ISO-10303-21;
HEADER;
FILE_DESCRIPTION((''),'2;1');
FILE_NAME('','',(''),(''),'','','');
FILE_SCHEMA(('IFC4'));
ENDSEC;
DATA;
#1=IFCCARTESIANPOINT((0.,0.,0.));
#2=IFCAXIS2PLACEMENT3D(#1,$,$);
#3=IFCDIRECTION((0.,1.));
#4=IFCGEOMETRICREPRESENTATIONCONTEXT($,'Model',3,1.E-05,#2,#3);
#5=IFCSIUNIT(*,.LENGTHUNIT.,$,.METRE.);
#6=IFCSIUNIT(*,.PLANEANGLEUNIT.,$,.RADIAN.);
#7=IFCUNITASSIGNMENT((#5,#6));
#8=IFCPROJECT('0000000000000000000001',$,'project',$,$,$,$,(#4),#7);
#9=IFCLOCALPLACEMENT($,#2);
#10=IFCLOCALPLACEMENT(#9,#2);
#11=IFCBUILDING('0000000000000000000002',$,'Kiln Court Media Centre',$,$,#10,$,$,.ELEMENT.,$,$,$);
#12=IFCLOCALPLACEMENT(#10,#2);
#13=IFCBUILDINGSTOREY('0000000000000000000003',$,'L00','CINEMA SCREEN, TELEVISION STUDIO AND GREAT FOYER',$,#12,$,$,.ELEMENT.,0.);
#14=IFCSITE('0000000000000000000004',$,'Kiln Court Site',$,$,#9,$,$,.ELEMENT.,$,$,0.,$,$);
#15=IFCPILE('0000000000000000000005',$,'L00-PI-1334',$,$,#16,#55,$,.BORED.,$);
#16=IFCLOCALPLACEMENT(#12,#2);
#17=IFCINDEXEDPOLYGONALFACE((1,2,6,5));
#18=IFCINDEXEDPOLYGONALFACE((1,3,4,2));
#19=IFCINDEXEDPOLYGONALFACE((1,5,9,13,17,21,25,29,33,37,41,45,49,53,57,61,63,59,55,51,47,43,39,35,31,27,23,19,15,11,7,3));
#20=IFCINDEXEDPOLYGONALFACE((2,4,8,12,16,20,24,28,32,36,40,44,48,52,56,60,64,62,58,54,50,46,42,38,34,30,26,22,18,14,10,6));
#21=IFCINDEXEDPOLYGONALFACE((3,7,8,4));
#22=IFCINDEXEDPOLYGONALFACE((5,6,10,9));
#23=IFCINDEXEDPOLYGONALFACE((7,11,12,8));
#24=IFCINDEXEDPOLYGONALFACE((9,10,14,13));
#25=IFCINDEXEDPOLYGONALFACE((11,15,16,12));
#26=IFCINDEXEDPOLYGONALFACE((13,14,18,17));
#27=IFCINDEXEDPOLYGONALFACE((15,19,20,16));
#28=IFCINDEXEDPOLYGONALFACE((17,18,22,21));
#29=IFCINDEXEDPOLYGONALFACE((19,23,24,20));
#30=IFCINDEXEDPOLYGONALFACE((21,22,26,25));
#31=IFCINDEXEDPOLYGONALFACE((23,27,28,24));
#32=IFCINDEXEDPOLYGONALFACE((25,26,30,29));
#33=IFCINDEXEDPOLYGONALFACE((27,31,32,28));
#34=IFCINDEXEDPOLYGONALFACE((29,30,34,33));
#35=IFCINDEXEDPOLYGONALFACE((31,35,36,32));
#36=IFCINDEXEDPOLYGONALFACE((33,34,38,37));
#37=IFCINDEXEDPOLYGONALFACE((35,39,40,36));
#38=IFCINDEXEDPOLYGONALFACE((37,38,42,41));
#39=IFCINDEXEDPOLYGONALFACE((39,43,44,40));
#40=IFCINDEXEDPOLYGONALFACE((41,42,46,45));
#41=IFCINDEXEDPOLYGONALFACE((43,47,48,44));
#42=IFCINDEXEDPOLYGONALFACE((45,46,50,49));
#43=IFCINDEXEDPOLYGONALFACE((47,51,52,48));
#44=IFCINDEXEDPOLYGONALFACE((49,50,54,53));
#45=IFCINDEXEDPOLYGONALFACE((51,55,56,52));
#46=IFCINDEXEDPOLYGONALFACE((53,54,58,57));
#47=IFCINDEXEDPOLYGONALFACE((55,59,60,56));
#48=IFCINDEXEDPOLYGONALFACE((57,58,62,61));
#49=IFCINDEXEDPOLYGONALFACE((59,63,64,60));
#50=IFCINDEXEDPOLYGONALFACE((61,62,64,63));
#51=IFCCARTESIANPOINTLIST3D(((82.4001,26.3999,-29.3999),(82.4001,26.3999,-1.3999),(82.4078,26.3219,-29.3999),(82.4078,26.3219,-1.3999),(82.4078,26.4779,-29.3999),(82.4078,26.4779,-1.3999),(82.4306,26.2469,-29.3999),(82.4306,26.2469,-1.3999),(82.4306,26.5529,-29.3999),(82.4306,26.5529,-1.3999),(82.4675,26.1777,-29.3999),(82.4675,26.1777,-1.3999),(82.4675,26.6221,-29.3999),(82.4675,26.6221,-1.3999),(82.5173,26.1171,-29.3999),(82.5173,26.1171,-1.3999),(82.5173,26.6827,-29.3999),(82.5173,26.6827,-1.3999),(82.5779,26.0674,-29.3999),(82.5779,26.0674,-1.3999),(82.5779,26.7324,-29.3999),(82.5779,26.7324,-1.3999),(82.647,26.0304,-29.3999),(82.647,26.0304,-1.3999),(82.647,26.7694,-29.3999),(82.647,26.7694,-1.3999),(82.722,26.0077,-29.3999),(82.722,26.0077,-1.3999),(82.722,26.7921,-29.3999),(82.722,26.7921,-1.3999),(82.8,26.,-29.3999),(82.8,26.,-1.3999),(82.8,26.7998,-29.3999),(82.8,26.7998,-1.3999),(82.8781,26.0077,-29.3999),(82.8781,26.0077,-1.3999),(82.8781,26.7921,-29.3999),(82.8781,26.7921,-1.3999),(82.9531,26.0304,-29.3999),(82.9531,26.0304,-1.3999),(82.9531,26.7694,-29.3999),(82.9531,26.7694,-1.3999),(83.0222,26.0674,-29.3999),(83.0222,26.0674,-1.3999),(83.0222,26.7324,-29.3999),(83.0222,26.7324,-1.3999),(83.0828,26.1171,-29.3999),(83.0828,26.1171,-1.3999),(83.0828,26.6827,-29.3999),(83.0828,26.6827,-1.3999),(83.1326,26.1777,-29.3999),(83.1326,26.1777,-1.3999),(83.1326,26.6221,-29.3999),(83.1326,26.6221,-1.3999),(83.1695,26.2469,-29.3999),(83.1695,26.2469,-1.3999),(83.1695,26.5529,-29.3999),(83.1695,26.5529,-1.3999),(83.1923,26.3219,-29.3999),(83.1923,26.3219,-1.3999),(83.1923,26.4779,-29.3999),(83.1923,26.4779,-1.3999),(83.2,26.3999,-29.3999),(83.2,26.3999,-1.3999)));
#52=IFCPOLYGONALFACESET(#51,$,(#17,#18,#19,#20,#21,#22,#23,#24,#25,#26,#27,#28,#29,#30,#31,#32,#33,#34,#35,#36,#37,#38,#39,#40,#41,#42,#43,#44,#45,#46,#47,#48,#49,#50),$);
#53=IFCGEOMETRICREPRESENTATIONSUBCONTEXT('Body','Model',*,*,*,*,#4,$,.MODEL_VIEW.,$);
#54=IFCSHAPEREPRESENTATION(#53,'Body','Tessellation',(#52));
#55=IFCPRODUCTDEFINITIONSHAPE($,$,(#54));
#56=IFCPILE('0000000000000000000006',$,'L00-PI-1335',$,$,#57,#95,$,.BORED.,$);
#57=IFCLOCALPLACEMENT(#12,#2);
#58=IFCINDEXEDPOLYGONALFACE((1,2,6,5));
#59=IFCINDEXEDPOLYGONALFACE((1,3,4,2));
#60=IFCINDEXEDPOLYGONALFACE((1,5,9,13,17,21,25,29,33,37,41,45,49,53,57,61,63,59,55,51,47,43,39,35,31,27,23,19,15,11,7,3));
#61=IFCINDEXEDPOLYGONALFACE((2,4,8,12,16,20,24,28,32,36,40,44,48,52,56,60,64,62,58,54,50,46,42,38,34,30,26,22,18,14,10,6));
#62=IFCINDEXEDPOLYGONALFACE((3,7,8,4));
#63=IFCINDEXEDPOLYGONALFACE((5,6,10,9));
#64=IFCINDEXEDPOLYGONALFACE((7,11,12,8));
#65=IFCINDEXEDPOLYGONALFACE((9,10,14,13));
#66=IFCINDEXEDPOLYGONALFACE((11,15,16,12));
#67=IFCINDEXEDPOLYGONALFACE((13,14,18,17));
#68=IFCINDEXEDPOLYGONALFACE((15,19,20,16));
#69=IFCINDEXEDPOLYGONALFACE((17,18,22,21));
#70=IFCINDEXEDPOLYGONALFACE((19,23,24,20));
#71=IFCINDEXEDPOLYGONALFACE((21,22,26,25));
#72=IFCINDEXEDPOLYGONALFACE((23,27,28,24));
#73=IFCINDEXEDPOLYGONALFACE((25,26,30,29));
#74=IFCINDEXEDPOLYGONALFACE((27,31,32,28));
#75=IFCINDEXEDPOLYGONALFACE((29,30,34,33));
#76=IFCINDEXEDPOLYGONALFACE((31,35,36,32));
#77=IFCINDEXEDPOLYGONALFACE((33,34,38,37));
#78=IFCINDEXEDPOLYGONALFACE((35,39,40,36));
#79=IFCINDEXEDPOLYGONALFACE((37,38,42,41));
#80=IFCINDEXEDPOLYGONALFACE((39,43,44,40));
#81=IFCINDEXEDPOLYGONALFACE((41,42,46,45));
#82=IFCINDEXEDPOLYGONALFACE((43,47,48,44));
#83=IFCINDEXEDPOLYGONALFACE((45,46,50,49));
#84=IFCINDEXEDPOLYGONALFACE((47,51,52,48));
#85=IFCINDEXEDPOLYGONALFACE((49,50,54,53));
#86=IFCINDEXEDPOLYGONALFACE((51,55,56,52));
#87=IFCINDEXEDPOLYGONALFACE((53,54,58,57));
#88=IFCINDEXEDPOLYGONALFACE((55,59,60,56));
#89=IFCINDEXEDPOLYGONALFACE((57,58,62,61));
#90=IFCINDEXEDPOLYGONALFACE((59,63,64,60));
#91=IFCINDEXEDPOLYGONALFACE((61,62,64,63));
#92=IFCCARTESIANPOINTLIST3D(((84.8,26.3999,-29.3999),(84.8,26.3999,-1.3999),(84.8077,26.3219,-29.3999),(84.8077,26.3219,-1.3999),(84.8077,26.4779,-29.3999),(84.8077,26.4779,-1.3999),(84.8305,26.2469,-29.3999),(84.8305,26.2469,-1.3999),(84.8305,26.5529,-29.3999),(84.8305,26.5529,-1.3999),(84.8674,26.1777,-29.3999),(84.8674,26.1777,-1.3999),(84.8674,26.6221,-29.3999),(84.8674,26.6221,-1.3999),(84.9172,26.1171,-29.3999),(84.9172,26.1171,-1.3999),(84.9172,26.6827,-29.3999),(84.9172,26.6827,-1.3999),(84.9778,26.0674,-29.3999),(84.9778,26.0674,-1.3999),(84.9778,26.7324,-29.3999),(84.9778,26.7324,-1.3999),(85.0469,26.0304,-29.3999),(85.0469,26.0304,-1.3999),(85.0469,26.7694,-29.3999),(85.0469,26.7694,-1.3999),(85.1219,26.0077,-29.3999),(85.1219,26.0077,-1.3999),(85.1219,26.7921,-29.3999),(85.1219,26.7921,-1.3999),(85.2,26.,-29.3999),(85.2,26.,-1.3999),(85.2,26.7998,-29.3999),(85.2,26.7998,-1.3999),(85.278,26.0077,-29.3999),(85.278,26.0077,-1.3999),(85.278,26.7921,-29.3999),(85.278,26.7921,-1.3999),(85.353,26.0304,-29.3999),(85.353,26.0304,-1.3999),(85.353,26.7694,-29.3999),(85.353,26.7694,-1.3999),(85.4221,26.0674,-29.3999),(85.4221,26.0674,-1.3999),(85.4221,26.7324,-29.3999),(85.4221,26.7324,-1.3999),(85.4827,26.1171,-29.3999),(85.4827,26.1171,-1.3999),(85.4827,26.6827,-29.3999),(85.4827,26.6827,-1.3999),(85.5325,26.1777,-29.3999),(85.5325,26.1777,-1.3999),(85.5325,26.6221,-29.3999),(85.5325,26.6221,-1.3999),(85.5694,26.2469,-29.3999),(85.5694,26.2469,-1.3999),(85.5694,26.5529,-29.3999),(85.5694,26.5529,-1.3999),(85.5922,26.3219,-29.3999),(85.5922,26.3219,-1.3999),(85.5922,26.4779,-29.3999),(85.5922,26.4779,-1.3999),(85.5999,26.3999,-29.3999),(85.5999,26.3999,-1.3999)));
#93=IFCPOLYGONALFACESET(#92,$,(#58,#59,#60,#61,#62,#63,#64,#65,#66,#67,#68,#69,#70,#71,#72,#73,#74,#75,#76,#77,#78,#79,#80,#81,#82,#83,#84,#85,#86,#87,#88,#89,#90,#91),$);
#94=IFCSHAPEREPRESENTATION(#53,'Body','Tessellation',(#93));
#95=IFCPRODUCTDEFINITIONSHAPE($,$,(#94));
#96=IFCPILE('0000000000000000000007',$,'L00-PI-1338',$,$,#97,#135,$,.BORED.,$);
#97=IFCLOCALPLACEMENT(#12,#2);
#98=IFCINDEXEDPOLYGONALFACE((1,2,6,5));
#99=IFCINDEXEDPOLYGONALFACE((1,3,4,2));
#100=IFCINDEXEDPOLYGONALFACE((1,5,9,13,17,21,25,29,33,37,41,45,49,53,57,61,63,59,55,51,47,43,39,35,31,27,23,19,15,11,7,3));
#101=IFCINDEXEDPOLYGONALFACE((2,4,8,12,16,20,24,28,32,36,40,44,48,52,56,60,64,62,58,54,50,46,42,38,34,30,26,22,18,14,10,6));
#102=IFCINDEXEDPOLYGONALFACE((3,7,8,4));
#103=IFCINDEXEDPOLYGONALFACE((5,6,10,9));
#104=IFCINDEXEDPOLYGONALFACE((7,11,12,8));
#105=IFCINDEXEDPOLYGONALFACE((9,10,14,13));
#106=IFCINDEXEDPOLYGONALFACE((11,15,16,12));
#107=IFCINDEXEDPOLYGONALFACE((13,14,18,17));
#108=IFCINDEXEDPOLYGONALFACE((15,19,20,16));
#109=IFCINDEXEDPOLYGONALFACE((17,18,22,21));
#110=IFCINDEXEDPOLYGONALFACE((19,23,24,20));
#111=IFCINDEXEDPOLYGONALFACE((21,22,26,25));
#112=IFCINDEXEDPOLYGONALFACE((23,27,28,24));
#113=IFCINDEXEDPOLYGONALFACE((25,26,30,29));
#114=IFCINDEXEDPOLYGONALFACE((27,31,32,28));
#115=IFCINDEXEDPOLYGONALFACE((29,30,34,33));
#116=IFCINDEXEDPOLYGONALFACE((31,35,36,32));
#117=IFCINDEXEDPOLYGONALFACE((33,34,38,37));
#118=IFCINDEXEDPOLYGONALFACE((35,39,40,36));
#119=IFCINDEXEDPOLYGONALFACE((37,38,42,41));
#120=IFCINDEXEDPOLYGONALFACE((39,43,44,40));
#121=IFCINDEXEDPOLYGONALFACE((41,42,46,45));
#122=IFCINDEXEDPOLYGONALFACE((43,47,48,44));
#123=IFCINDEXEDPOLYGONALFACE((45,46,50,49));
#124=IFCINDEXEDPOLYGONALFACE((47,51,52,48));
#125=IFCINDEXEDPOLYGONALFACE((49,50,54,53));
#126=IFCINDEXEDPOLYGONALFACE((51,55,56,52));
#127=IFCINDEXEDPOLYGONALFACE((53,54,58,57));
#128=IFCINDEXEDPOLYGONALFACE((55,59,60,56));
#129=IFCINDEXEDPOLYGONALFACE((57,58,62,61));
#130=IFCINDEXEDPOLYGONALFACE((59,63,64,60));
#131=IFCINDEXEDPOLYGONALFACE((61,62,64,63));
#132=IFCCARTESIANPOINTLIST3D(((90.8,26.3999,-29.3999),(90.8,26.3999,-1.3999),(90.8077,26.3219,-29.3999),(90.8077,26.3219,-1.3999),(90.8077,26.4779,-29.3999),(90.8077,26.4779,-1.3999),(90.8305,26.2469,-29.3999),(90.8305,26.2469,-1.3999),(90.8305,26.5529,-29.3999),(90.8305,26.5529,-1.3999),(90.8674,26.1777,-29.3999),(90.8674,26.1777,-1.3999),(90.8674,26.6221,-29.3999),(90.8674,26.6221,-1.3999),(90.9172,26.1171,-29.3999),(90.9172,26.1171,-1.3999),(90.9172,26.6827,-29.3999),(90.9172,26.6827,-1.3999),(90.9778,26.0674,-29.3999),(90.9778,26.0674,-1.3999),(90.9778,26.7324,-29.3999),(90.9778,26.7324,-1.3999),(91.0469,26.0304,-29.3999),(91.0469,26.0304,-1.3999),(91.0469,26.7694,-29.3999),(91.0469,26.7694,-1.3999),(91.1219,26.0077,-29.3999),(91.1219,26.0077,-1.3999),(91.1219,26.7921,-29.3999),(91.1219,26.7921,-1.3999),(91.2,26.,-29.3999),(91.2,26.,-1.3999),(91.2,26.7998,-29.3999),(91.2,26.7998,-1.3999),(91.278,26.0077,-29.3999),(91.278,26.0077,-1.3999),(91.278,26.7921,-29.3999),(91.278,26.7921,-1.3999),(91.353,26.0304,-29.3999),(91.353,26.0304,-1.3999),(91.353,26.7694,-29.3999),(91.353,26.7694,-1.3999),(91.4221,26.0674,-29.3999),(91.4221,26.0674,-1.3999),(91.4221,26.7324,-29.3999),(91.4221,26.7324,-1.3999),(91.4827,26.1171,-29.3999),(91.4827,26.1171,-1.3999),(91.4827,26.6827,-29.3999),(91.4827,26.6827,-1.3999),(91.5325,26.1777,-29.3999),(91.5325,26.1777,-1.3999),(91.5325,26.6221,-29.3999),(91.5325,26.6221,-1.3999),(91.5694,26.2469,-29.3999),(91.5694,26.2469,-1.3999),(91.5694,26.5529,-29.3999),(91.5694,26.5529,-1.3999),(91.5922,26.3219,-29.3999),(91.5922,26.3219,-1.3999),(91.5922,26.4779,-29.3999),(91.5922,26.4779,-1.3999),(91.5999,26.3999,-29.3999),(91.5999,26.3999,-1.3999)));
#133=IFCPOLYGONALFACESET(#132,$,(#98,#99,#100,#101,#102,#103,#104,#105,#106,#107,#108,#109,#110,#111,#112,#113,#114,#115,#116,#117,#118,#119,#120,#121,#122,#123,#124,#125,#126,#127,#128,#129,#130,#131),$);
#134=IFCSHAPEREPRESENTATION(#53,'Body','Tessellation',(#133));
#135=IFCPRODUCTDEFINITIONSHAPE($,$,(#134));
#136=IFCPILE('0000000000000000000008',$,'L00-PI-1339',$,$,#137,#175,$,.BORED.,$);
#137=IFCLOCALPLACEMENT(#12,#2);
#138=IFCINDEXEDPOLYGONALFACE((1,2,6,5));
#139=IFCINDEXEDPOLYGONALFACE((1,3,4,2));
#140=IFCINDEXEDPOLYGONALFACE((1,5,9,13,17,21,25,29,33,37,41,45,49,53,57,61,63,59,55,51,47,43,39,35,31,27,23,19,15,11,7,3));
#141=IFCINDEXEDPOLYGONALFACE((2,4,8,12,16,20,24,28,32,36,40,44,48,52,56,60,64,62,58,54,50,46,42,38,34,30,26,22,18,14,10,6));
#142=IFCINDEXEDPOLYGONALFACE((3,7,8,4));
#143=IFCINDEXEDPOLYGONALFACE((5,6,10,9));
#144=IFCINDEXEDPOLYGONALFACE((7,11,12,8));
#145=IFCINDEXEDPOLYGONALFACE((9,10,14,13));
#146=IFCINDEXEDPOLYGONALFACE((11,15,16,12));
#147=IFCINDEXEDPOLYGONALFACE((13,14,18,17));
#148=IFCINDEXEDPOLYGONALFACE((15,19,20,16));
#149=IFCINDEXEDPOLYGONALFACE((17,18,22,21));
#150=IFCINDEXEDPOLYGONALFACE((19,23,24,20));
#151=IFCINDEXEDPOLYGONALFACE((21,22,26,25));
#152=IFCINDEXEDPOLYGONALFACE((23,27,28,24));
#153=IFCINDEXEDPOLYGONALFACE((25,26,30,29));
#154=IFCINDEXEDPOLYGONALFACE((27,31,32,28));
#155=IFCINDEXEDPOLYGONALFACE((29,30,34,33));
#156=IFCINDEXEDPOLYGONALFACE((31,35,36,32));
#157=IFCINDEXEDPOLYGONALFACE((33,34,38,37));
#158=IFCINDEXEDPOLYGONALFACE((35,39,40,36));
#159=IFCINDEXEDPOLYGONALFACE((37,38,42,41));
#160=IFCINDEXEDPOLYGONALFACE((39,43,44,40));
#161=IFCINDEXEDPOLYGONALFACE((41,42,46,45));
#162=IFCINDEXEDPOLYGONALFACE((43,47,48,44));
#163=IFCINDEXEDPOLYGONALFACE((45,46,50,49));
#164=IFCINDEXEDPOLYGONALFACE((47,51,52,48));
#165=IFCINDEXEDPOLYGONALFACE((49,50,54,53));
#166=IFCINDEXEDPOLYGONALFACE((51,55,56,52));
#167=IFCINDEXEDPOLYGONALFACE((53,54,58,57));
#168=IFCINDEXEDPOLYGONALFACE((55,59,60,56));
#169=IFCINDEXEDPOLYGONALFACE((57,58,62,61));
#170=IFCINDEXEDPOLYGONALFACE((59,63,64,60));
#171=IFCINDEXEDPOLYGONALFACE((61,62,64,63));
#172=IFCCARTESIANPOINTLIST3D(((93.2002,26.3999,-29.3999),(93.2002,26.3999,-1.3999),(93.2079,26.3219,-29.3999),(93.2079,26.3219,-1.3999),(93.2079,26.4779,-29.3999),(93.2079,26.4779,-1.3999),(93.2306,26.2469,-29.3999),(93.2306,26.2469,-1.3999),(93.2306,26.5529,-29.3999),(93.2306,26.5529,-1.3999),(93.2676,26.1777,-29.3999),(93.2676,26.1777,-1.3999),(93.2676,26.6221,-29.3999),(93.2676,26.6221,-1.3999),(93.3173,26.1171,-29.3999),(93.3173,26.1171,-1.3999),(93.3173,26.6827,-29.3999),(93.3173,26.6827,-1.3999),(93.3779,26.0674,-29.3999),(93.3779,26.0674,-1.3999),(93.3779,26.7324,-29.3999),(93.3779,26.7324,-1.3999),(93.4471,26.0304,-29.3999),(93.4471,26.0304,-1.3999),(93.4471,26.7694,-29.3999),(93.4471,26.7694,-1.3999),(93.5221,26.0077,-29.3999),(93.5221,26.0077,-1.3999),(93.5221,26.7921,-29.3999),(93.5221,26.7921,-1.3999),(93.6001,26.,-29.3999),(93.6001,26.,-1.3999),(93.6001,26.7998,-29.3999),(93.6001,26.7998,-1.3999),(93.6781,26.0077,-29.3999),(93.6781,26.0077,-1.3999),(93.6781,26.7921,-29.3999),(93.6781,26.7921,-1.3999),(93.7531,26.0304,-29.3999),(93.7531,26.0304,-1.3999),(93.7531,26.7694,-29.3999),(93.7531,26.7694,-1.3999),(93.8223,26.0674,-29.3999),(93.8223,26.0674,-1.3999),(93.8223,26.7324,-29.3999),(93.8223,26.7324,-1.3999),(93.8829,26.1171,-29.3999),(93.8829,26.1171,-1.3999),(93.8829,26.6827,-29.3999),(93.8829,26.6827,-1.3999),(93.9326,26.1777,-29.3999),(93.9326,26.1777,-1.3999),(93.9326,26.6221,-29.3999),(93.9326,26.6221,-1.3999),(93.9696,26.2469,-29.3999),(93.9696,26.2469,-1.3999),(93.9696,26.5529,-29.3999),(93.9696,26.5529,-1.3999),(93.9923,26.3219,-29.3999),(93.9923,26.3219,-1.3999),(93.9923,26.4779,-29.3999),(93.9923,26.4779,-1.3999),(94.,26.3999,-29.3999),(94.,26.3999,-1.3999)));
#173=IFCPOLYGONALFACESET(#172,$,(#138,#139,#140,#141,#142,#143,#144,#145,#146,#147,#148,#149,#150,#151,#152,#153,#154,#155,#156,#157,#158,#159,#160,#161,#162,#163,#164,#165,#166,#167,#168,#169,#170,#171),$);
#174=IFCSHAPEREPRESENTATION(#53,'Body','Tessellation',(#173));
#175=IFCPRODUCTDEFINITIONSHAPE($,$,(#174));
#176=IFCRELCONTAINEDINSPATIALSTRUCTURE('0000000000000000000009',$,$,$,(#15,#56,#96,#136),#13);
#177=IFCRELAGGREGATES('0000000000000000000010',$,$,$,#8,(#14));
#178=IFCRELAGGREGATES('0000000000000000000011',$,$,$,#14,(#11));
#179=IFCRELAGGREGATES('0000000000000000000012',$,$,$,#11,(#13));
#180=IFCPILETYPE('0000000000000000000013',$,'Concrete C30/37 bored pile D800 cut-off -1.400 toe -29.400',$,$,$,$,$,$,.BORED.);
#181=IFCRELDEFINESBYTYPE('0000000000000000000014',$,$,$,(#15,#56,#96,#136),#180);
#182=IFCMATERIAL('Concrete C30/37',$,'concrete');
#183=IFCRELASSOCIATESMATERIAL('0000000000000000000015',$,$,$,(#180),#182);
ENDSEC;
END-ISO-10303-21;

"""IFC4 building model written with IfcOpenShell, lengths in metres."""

from ifc_helpers import new_model, si_unit, direction, frame, origin, origin_2d, place, context, subcontext, project, spatial, circle, extrude, material, material_profile, profile_set, type_object, element, save


model = new_model("IFC4")

# Units and contexts
model_context = context("Model", 3, precision=1e-05, world=origin(), true_north=direction((0.0, 1.0)))
body_context = subcontext(model_context, "Body", "Model", "MODEL_VIEW")
ifc_project = project(units=[si_unit("LENGTHUNIT", "METRE"), si_unit("PLANEANGLEUNIT", "RADIAN")], contexts=[model_context])

# Site, building, storey
site_placement = place(None, origin())
site = spatial("IfcSite", under=ifc_project, at=site_placement, Name="Kiln Court Site", CompositionType="ELEMENT", RefElevation=0.0)
building_placement = place(site_placement, origin())
building = spatial("IfcBuilding", under=site, at=building_placement, Name="Kiln Court Media Centre", CompositionType="ELEMENT")
storey_placement = place(building_placement, origin())
storey = spatial("IfcBuildingStorey", under=building, at=storey_placement, Name="L00", Description="CINEMA SCREEN, TELEVISION STUDIO AND GREAT FOYER", CompositionType="ELEMENT", Elevation=0.0)

# Piles
ifc_material_1 = material(Name="Concrete C30/37", Category="concrete")
ifc_material_profile_1 = material_profile(ifc_material_1, circle(Radius=0.3999, at=origin_2d()), Name="PILE D800")
ifc_profile_set_1 = profile_set([ifc_material_profile_1], Name="Concrete C30/37")
pile_type_1 = type_object("IfcPileType", Name="Concrete C30/37 bored pile D800 cut-off -1.400 toe -29.400", PredefinedType="BORED", material=ifc_profile_set_1)
for number, where, z_axis, x_axis, name in (
    (1, (82.8, 26.3999, -1.3999), (0.0, 0.0, -1.0), (1.0, 0.0, 0.0), "L00-PI-1334"),
    (2, (85.2, 26.3999, -1.3999), (0.0, 0.0, -1.0), (1.0, 0.0, 0.0), "L00-PI-1335"),
    (3, (91.2, 26.3999, -1.3999), (0.0, 0.0, -1.0), (1.0, 0.0, 0.0), "L00-PI-1338"),
    (4, (93.6001, 26.3999, -1.3999), (0.0, 0.0, -1.0), (1.0, 0.0, 0.0), "L00-PI-1339"),
):
    element("IfcPile", number, at=place(storey_placement, frame(where, z_axis=z_axis, x_axis=x_axis)), inside=storey, type_object=pile_type_1, Name=name, PredefinedType="BORED", context=body_context, shape_type="SweptSolid", body=[
        extrude(circle(Radius=0.3999, at=origin_2d()), origin(), (0.0, 0.0, 1.0), 28.0),
    ])

save(model, "model.ifc")
